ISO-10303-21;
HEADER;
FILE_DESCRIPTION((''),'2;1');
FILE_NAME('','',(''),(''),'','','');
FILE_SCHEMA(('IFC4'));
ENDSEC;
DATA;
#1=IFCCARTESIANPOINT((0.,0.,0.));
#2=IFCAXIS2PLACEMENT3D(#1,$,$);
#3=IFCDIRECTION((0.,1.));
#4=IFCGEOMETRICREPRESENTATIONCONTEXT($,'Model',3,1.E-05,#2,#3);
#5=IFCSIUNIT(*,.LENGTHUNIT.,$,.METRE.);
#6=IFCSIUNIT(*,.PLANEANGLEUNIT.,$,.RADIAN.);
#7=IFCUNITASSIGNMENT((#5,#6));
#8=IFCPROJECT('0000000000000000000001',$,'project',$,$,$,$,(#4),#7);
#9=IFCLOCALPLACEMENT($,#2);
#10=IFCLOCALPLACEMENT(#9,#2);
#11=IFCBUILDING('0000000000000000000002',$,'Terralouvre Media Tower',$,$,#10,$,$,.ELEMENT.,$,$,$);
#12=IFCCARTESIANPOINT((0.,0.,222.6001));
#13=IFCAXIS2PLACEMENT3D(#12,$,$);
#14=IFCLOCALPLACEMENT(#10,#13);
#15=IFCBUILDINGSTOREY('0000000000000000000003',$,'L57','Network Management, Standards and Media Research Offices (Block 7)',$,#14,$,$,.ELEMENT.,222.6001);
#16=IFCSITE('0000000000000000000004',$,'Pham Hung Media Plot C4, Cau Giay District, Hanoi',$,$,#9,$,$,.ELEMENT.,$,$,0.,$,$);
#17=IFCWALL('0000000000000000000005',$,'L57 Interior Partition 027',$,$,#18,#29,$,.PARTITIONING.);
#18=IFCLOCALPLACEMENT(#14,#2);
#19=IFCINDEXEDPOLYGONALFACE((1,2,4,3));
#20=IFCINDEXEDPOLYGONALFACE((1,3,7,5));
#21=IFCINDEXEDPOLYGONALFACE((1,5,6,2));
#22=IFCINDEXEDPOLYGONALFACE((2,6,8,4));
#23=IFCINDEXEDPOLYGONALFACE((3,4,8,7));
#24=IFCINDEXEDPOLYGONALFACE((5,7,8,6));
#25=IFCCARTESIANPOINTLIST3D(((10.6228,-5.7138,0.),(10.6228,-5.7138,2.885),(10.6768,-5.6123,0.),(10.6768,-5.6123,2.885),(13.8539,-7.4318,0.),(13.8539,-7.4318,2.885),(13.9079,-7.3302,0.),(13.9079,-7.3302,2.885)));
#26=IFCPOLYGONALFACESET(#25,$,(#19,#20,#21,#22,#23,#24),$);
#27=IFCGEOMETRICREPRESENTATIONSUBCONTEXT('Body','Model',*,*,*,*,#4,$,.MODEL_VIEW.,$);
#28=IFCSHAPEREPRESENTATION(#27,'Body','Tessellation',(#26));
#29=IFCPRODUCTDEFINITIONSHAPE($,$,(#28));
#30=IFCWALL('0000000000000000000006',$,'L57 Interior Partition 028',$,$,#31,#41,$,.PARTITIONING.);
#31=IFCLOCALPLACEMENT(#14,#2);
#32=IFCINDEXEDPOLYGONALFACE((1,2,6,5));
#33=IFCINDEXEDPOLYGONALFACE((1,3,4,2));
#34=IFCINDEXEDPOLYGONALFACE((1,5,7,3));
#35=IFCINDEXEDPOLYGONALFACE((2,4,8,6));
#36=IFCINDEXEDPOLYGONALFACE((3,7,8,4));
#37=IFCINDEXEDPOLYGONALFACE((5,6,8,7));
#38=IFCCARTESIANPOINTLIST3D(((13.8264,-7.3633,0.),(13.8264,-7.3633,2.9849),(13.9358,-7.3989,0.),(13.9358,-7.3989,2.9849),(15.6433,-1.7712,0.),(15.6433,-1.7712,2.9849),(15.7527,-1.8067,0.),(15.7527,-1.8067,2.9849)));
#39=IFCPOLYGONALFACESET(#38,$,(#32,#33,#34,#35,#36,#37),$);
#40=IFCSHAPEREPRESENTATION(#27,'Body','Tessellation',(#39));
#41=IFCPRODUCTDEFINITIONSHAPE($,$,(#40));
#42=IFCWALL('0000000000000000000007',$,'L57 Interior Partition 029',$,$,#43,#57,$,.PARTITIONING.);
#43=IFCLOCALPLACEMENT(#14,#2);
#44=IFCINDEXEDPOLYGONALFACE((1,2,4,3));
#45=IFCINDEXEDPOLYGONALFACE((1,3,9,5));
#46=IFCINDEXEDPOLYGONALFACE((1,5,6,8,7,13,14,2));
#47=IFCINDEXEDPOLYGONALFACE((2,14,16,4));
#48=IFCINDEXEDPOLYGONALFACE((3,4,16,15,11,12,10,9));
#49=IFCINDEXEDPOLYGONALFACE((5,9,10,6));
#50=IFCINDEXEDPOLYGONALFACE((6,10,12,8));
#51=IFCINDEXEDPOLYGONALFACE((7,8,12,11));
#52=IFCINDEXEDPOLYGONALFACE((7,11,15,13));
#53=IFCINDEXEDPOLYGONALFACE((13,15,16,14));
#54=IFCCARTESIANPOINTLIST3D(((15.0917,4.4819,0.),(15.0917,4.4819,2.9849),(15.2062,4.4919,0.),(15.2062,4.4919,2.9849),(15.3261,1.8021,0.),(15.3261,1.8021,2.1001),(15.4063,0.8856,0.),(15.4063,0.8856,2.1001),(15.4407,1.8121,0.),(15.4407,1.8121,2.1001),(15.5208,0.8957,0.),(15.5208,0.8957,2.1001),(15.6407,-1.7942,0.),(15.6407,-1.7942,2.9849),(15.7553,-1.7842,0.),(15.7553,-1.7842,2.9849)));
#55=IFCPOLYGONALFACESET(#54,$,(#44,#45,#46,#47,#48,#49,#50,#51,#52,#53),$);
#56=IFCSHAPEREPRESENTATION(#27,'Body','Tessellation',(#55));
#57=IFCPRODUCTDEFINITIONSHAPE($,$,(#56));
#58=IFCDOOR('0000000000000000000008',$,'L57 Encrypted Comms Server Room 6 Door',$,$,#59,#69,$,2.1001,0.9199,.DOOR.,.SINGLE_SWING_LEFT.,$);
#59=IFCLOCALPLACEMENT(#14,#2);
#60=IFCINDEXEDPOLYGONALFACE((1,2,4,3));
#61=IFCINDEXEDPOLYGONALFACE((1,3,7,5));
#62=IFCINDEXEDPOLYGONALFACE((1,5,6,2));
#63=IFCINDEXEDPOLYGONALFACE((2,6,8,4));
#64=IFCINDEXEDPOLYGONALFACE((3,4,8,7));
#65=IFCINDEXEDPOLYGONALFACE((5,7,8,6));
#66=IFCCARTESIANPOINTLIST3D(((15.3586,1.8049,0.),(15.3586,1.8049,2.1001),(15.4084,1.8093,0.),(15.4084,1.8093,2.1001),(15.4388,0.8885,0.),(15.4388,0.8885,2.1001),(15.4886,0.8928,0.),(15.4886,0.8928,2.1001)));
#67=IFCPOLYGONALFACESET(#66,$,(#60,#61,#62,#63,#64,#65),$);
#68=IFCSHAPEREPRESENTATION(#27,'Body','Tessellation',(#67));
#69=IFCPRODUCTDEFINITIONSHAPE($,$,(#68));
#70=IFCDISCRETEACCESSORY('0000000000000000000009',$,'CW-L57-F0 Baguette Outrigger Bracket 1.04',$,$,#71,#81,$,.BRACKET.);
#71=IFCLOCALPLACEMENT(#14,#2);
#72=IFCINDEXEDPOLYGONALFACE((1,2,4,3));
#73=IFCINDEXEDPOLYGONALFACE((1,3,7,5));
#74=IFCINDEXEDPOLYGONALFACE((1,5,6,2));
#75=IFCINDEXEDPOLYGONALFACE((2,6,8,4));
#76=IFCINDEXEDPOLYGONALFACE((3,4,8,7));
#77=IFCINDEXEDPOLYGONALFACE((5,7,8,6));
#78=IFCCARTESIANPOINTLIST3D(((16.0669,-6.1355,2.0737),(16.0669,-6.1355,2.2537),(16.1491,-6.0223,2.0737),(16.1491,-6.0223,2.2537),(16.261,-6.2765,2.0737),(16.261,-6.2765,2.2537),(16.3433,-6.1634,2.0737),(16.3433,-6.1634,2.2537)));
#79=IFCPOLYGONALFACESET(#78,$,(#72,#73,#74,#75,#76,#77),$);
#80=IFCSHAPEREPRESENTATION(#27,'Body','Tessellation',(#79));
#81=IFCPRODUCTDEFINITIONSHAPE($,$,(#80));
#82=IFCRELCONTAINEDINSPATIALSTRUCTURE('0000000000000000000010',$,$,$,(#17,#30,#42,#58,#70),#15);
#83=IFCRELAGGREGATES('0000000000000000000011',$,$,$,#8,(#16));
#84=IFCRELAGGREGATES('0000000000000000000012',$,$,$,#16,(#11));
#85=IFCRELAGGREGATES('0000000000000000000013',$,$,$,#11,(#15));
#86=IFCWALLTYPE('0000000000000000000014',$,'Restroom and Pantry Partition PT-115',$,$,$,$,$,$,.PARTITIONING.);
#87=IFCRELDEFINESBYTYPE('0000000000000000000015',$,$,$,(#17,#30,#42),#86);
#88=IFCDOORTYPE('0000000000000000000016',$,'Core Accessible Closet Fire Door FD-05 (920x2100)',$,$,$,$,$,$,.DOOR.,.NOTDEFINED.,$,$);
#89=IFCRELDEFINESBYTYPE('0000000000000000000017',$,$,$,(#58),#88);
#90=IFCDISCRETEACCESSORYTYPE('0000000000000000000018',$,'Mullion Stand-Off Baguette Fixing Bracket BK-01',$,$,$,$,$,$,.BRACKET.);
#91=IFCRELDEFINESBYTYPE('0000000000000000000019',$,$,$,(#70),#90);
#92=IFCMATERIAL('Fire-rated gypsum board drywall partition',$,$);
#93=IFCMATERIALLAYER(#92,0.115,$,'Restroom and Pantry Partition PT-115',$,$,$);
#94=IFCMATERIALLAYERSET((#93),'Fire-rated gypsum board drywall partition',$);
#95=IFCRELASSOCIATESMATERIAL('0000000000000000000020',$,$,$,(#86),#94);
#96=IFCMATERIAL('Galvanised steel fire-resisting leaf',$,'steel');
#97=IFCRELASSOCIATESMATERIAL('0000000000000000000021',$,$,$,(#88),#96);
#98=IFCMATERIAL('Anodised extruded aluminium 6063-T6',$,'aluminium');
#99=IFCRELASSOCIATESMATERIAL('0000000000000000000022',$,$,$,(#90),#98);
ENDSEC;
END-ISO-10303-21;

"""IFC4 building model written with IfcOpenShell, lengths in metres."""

from ifc_helpers import new_model, si_unit, direction, frame, frame_2d, origin, origin_2d, place, context, subcontext, project, spatial, rectangle, extrude, material, layer, layer_set, type_object, element, fill, save


model = new_model("IFC4")

# Units and contexts
model_context = context("Model", 3, precision=1e-05, world=origin(), true_north=direction((0.0, 1.0)))
body_context = subcontext(model_context, "Body", "Model", "MODEL_VIEW")
ifc_project = project(units=[si_unit("LENGTHUNIT", "METRE"), si_unit("PLANEANGLEUNIT", "RADIAN")], contexts=[model_context])

# Site, building, storey
site_placement = place(None, origin())
site = spatial("IfcSite", under=ifc_project, at=site_placement, Name="Pham Hung Media Plot C4, Cau Giay District, Hanoi", CompositionType="ELEMENT", RefElevation=0.0)
building_placement = place(site_placement, origin())
building = spatial("IfcBuilding", under=site, at=building_placement, Name="Terralouvre Media Tower", CompositionType="ELEMENT")
storey_placement = place(building_placement, frame((0.0, 0.0, 222.6001)))
storey = spatial("IfcBuildingStorey", under=building, at=storey_placement, Name="L57", Description="Network Management, Standards and Media Research Offices (Block 7)", CompositionType="ELEMENT", Elevation=222.6001)

# Shared definitions
ifc_material_1 = material(Name="Fire-rated gypsum board drywall partition")
ifc_layer_1 = layer(ifc_material_1, 0.115, Name="Restroom and Pantry Partition PT-115")
ifc_layer_set_1 = layer_set([ifc_layer_1], Name="Fire-rated gypsum board drywall partition")
wall_type_1 = type_object("IfcWallType", Name="Restroom and Pantry Partition PT-115", PredefinedType="PARTITIONING", material=ifc_layer_set_1)

# Walls
wall_1_placement = place(storey_placement, frame((10.6499, -5.6631, 0.0), z_axis=(0.0, 0.0, 1.0), x_axis=(0.882952, -0.469462, 0.0)))
element("IfcWall", 1, at=wall_1_placement, inside=storey, type_object=wall_type_1, Name="L57 Interior Partition 027", PredefinedType="PARTITIONING", context=body_context, shape_type="SweptSolid", body=[
    extrude(rectangle(XDim=3.6594, YDim=0.115, at=frame_2d((1.8296, 0.0))), origin(), (0.0, 0.0, 1.0), 2.885),
])
wall_2_placement = place(storey_placement, frame((13.8811, -7.3811, 0.0), z_axis=(0.0, 0.0, 1.0), x_axis=(0.309006, 0.95106, 0.0)))
element("IfcWall", 2, at=wall_2_placement, inside=storey, type_object=wall_type_1, Name="L57 Interior Partition 028", PredefinedType="PARTITIONING", context=body_context, shape_type="SweptSolid", body=[
    extrude(rectangle(XDim=5.8799, YDim=0.115, at=frame_2d((2.9399, 0.0))), origin(), (0.0, 0.0, 1.0), 2.9849),
])

# Wall, opening, door
wall_3_placement = place(storey_placement, frame((15.698, -1.7891, 0.0), z_axis=(0.0, 0.0, 1.0), x_axis=(-0.087153, 0.996195, 0.0)))
wall_3 = element("IfcWall", 3, at=wall_3_placement, inside=storey, type_object=wall_type_1, Name="L57 Interior Partition 029", PredefinedType="PARTITIONING", context=body_context, shape_type="SweptSolid", body=[
    extrude(rectangle(XDim=6.3, YDim=0.115, at=frame_2d((3.1499, 0.0))), origin(), (0.0, 0.0, 1.0), 2.9849),
])
opening_1_placement = place(wall_3_placement, frame((2.6899, 0.0, 0.0)))
opening_1 = element("IfcOpeningElement", 4, at=opening_1_placement, cuts=wall_3, PredefinedType="OPENING", context=body_context, shape_type="SweptSolid", body=[
    extrude(rectangle(XDim=0.9199, YDim=2.1001, at=frame_2d((0.46, 1.05))), frame((0.0, 0.0674, 0.0), z_axis=(0.0, -1.0, 0.0), x_axis=(1.0, 0.0, 0.0)), (0.0, 0.0, 1.0), 0.135),
])
ifc_material_2 = material(Name="Galvanised steel fire-resisting leaf", Category="steel")
door_type_1 = type_object("IfcDoorType", Name="Core Accessible Closet Fire Door FD-05 (920x2100)", OperationType="NOTDEFINED", PredefinedType="DOOR", material=ifc_material_2)
door_1_placement = place(opening_1_placement, origin())
door_1 = element("IfcDoor", 5, at=door_1_placement, inside=storey, type_object=door_type_1, Name="L57 Encrypted Comms Server Room 6 Door", OperationType="SINGLE_SWING_LEFT", OverallHeight=2.1001, OverallWidth=0.9199, PredefinedType="DOOR", context=body_context, shape_type="SweptSolid", body=[
    extrude(rectangle(XDim=0.9199, YDim=2.1001, at=frame_2d((0.46, 1.05))), frame((0.0, 0.0249, 0.0), z_axis=(0.0, -1.0, 0.0), x_axis=(1.0, 0.0, 0.0)), (0.0, 0.0, 1.0), 0.05),
])
fill(opening_1, door_1)

# Discrete accessory
ifc_material_3 = material(Name="Anodised extruded aluminium 6063-T6", Category="aluminium")
discrete_accessory_type = type_object("IfcDiscreteAccessoryType", Name="Mullion Stand-Off Baguette Fixing Bracket BK-01", PredefinedType="BRACKET", material=ifc_material_3)
discrete_accessory_placement = place(storey_placement, frame((16.2051, -6.1494, 2.0737), z_axis=(0.0, 0.0, 1.0), x_axis=(0.587785, 0.809017, 0.0)))
element("IfcDiscreteAccessory", 6, at=discrete_accessory_placement, inside=storey, type_object=discrete_accessory_type, Name="CW-L57-F0 Baguette Outrigger Bracket 1.04", PredefinedType="BRACKET", context=body_context, shape_type="SweptSolid", body=[
    extrude(rectangle(XDim=0.1399, YDim=0.24, at=origin_2d()), origin(), (0.0, 0.0, 1.0), 0.1799),
])

save(model, "model.ifc")
